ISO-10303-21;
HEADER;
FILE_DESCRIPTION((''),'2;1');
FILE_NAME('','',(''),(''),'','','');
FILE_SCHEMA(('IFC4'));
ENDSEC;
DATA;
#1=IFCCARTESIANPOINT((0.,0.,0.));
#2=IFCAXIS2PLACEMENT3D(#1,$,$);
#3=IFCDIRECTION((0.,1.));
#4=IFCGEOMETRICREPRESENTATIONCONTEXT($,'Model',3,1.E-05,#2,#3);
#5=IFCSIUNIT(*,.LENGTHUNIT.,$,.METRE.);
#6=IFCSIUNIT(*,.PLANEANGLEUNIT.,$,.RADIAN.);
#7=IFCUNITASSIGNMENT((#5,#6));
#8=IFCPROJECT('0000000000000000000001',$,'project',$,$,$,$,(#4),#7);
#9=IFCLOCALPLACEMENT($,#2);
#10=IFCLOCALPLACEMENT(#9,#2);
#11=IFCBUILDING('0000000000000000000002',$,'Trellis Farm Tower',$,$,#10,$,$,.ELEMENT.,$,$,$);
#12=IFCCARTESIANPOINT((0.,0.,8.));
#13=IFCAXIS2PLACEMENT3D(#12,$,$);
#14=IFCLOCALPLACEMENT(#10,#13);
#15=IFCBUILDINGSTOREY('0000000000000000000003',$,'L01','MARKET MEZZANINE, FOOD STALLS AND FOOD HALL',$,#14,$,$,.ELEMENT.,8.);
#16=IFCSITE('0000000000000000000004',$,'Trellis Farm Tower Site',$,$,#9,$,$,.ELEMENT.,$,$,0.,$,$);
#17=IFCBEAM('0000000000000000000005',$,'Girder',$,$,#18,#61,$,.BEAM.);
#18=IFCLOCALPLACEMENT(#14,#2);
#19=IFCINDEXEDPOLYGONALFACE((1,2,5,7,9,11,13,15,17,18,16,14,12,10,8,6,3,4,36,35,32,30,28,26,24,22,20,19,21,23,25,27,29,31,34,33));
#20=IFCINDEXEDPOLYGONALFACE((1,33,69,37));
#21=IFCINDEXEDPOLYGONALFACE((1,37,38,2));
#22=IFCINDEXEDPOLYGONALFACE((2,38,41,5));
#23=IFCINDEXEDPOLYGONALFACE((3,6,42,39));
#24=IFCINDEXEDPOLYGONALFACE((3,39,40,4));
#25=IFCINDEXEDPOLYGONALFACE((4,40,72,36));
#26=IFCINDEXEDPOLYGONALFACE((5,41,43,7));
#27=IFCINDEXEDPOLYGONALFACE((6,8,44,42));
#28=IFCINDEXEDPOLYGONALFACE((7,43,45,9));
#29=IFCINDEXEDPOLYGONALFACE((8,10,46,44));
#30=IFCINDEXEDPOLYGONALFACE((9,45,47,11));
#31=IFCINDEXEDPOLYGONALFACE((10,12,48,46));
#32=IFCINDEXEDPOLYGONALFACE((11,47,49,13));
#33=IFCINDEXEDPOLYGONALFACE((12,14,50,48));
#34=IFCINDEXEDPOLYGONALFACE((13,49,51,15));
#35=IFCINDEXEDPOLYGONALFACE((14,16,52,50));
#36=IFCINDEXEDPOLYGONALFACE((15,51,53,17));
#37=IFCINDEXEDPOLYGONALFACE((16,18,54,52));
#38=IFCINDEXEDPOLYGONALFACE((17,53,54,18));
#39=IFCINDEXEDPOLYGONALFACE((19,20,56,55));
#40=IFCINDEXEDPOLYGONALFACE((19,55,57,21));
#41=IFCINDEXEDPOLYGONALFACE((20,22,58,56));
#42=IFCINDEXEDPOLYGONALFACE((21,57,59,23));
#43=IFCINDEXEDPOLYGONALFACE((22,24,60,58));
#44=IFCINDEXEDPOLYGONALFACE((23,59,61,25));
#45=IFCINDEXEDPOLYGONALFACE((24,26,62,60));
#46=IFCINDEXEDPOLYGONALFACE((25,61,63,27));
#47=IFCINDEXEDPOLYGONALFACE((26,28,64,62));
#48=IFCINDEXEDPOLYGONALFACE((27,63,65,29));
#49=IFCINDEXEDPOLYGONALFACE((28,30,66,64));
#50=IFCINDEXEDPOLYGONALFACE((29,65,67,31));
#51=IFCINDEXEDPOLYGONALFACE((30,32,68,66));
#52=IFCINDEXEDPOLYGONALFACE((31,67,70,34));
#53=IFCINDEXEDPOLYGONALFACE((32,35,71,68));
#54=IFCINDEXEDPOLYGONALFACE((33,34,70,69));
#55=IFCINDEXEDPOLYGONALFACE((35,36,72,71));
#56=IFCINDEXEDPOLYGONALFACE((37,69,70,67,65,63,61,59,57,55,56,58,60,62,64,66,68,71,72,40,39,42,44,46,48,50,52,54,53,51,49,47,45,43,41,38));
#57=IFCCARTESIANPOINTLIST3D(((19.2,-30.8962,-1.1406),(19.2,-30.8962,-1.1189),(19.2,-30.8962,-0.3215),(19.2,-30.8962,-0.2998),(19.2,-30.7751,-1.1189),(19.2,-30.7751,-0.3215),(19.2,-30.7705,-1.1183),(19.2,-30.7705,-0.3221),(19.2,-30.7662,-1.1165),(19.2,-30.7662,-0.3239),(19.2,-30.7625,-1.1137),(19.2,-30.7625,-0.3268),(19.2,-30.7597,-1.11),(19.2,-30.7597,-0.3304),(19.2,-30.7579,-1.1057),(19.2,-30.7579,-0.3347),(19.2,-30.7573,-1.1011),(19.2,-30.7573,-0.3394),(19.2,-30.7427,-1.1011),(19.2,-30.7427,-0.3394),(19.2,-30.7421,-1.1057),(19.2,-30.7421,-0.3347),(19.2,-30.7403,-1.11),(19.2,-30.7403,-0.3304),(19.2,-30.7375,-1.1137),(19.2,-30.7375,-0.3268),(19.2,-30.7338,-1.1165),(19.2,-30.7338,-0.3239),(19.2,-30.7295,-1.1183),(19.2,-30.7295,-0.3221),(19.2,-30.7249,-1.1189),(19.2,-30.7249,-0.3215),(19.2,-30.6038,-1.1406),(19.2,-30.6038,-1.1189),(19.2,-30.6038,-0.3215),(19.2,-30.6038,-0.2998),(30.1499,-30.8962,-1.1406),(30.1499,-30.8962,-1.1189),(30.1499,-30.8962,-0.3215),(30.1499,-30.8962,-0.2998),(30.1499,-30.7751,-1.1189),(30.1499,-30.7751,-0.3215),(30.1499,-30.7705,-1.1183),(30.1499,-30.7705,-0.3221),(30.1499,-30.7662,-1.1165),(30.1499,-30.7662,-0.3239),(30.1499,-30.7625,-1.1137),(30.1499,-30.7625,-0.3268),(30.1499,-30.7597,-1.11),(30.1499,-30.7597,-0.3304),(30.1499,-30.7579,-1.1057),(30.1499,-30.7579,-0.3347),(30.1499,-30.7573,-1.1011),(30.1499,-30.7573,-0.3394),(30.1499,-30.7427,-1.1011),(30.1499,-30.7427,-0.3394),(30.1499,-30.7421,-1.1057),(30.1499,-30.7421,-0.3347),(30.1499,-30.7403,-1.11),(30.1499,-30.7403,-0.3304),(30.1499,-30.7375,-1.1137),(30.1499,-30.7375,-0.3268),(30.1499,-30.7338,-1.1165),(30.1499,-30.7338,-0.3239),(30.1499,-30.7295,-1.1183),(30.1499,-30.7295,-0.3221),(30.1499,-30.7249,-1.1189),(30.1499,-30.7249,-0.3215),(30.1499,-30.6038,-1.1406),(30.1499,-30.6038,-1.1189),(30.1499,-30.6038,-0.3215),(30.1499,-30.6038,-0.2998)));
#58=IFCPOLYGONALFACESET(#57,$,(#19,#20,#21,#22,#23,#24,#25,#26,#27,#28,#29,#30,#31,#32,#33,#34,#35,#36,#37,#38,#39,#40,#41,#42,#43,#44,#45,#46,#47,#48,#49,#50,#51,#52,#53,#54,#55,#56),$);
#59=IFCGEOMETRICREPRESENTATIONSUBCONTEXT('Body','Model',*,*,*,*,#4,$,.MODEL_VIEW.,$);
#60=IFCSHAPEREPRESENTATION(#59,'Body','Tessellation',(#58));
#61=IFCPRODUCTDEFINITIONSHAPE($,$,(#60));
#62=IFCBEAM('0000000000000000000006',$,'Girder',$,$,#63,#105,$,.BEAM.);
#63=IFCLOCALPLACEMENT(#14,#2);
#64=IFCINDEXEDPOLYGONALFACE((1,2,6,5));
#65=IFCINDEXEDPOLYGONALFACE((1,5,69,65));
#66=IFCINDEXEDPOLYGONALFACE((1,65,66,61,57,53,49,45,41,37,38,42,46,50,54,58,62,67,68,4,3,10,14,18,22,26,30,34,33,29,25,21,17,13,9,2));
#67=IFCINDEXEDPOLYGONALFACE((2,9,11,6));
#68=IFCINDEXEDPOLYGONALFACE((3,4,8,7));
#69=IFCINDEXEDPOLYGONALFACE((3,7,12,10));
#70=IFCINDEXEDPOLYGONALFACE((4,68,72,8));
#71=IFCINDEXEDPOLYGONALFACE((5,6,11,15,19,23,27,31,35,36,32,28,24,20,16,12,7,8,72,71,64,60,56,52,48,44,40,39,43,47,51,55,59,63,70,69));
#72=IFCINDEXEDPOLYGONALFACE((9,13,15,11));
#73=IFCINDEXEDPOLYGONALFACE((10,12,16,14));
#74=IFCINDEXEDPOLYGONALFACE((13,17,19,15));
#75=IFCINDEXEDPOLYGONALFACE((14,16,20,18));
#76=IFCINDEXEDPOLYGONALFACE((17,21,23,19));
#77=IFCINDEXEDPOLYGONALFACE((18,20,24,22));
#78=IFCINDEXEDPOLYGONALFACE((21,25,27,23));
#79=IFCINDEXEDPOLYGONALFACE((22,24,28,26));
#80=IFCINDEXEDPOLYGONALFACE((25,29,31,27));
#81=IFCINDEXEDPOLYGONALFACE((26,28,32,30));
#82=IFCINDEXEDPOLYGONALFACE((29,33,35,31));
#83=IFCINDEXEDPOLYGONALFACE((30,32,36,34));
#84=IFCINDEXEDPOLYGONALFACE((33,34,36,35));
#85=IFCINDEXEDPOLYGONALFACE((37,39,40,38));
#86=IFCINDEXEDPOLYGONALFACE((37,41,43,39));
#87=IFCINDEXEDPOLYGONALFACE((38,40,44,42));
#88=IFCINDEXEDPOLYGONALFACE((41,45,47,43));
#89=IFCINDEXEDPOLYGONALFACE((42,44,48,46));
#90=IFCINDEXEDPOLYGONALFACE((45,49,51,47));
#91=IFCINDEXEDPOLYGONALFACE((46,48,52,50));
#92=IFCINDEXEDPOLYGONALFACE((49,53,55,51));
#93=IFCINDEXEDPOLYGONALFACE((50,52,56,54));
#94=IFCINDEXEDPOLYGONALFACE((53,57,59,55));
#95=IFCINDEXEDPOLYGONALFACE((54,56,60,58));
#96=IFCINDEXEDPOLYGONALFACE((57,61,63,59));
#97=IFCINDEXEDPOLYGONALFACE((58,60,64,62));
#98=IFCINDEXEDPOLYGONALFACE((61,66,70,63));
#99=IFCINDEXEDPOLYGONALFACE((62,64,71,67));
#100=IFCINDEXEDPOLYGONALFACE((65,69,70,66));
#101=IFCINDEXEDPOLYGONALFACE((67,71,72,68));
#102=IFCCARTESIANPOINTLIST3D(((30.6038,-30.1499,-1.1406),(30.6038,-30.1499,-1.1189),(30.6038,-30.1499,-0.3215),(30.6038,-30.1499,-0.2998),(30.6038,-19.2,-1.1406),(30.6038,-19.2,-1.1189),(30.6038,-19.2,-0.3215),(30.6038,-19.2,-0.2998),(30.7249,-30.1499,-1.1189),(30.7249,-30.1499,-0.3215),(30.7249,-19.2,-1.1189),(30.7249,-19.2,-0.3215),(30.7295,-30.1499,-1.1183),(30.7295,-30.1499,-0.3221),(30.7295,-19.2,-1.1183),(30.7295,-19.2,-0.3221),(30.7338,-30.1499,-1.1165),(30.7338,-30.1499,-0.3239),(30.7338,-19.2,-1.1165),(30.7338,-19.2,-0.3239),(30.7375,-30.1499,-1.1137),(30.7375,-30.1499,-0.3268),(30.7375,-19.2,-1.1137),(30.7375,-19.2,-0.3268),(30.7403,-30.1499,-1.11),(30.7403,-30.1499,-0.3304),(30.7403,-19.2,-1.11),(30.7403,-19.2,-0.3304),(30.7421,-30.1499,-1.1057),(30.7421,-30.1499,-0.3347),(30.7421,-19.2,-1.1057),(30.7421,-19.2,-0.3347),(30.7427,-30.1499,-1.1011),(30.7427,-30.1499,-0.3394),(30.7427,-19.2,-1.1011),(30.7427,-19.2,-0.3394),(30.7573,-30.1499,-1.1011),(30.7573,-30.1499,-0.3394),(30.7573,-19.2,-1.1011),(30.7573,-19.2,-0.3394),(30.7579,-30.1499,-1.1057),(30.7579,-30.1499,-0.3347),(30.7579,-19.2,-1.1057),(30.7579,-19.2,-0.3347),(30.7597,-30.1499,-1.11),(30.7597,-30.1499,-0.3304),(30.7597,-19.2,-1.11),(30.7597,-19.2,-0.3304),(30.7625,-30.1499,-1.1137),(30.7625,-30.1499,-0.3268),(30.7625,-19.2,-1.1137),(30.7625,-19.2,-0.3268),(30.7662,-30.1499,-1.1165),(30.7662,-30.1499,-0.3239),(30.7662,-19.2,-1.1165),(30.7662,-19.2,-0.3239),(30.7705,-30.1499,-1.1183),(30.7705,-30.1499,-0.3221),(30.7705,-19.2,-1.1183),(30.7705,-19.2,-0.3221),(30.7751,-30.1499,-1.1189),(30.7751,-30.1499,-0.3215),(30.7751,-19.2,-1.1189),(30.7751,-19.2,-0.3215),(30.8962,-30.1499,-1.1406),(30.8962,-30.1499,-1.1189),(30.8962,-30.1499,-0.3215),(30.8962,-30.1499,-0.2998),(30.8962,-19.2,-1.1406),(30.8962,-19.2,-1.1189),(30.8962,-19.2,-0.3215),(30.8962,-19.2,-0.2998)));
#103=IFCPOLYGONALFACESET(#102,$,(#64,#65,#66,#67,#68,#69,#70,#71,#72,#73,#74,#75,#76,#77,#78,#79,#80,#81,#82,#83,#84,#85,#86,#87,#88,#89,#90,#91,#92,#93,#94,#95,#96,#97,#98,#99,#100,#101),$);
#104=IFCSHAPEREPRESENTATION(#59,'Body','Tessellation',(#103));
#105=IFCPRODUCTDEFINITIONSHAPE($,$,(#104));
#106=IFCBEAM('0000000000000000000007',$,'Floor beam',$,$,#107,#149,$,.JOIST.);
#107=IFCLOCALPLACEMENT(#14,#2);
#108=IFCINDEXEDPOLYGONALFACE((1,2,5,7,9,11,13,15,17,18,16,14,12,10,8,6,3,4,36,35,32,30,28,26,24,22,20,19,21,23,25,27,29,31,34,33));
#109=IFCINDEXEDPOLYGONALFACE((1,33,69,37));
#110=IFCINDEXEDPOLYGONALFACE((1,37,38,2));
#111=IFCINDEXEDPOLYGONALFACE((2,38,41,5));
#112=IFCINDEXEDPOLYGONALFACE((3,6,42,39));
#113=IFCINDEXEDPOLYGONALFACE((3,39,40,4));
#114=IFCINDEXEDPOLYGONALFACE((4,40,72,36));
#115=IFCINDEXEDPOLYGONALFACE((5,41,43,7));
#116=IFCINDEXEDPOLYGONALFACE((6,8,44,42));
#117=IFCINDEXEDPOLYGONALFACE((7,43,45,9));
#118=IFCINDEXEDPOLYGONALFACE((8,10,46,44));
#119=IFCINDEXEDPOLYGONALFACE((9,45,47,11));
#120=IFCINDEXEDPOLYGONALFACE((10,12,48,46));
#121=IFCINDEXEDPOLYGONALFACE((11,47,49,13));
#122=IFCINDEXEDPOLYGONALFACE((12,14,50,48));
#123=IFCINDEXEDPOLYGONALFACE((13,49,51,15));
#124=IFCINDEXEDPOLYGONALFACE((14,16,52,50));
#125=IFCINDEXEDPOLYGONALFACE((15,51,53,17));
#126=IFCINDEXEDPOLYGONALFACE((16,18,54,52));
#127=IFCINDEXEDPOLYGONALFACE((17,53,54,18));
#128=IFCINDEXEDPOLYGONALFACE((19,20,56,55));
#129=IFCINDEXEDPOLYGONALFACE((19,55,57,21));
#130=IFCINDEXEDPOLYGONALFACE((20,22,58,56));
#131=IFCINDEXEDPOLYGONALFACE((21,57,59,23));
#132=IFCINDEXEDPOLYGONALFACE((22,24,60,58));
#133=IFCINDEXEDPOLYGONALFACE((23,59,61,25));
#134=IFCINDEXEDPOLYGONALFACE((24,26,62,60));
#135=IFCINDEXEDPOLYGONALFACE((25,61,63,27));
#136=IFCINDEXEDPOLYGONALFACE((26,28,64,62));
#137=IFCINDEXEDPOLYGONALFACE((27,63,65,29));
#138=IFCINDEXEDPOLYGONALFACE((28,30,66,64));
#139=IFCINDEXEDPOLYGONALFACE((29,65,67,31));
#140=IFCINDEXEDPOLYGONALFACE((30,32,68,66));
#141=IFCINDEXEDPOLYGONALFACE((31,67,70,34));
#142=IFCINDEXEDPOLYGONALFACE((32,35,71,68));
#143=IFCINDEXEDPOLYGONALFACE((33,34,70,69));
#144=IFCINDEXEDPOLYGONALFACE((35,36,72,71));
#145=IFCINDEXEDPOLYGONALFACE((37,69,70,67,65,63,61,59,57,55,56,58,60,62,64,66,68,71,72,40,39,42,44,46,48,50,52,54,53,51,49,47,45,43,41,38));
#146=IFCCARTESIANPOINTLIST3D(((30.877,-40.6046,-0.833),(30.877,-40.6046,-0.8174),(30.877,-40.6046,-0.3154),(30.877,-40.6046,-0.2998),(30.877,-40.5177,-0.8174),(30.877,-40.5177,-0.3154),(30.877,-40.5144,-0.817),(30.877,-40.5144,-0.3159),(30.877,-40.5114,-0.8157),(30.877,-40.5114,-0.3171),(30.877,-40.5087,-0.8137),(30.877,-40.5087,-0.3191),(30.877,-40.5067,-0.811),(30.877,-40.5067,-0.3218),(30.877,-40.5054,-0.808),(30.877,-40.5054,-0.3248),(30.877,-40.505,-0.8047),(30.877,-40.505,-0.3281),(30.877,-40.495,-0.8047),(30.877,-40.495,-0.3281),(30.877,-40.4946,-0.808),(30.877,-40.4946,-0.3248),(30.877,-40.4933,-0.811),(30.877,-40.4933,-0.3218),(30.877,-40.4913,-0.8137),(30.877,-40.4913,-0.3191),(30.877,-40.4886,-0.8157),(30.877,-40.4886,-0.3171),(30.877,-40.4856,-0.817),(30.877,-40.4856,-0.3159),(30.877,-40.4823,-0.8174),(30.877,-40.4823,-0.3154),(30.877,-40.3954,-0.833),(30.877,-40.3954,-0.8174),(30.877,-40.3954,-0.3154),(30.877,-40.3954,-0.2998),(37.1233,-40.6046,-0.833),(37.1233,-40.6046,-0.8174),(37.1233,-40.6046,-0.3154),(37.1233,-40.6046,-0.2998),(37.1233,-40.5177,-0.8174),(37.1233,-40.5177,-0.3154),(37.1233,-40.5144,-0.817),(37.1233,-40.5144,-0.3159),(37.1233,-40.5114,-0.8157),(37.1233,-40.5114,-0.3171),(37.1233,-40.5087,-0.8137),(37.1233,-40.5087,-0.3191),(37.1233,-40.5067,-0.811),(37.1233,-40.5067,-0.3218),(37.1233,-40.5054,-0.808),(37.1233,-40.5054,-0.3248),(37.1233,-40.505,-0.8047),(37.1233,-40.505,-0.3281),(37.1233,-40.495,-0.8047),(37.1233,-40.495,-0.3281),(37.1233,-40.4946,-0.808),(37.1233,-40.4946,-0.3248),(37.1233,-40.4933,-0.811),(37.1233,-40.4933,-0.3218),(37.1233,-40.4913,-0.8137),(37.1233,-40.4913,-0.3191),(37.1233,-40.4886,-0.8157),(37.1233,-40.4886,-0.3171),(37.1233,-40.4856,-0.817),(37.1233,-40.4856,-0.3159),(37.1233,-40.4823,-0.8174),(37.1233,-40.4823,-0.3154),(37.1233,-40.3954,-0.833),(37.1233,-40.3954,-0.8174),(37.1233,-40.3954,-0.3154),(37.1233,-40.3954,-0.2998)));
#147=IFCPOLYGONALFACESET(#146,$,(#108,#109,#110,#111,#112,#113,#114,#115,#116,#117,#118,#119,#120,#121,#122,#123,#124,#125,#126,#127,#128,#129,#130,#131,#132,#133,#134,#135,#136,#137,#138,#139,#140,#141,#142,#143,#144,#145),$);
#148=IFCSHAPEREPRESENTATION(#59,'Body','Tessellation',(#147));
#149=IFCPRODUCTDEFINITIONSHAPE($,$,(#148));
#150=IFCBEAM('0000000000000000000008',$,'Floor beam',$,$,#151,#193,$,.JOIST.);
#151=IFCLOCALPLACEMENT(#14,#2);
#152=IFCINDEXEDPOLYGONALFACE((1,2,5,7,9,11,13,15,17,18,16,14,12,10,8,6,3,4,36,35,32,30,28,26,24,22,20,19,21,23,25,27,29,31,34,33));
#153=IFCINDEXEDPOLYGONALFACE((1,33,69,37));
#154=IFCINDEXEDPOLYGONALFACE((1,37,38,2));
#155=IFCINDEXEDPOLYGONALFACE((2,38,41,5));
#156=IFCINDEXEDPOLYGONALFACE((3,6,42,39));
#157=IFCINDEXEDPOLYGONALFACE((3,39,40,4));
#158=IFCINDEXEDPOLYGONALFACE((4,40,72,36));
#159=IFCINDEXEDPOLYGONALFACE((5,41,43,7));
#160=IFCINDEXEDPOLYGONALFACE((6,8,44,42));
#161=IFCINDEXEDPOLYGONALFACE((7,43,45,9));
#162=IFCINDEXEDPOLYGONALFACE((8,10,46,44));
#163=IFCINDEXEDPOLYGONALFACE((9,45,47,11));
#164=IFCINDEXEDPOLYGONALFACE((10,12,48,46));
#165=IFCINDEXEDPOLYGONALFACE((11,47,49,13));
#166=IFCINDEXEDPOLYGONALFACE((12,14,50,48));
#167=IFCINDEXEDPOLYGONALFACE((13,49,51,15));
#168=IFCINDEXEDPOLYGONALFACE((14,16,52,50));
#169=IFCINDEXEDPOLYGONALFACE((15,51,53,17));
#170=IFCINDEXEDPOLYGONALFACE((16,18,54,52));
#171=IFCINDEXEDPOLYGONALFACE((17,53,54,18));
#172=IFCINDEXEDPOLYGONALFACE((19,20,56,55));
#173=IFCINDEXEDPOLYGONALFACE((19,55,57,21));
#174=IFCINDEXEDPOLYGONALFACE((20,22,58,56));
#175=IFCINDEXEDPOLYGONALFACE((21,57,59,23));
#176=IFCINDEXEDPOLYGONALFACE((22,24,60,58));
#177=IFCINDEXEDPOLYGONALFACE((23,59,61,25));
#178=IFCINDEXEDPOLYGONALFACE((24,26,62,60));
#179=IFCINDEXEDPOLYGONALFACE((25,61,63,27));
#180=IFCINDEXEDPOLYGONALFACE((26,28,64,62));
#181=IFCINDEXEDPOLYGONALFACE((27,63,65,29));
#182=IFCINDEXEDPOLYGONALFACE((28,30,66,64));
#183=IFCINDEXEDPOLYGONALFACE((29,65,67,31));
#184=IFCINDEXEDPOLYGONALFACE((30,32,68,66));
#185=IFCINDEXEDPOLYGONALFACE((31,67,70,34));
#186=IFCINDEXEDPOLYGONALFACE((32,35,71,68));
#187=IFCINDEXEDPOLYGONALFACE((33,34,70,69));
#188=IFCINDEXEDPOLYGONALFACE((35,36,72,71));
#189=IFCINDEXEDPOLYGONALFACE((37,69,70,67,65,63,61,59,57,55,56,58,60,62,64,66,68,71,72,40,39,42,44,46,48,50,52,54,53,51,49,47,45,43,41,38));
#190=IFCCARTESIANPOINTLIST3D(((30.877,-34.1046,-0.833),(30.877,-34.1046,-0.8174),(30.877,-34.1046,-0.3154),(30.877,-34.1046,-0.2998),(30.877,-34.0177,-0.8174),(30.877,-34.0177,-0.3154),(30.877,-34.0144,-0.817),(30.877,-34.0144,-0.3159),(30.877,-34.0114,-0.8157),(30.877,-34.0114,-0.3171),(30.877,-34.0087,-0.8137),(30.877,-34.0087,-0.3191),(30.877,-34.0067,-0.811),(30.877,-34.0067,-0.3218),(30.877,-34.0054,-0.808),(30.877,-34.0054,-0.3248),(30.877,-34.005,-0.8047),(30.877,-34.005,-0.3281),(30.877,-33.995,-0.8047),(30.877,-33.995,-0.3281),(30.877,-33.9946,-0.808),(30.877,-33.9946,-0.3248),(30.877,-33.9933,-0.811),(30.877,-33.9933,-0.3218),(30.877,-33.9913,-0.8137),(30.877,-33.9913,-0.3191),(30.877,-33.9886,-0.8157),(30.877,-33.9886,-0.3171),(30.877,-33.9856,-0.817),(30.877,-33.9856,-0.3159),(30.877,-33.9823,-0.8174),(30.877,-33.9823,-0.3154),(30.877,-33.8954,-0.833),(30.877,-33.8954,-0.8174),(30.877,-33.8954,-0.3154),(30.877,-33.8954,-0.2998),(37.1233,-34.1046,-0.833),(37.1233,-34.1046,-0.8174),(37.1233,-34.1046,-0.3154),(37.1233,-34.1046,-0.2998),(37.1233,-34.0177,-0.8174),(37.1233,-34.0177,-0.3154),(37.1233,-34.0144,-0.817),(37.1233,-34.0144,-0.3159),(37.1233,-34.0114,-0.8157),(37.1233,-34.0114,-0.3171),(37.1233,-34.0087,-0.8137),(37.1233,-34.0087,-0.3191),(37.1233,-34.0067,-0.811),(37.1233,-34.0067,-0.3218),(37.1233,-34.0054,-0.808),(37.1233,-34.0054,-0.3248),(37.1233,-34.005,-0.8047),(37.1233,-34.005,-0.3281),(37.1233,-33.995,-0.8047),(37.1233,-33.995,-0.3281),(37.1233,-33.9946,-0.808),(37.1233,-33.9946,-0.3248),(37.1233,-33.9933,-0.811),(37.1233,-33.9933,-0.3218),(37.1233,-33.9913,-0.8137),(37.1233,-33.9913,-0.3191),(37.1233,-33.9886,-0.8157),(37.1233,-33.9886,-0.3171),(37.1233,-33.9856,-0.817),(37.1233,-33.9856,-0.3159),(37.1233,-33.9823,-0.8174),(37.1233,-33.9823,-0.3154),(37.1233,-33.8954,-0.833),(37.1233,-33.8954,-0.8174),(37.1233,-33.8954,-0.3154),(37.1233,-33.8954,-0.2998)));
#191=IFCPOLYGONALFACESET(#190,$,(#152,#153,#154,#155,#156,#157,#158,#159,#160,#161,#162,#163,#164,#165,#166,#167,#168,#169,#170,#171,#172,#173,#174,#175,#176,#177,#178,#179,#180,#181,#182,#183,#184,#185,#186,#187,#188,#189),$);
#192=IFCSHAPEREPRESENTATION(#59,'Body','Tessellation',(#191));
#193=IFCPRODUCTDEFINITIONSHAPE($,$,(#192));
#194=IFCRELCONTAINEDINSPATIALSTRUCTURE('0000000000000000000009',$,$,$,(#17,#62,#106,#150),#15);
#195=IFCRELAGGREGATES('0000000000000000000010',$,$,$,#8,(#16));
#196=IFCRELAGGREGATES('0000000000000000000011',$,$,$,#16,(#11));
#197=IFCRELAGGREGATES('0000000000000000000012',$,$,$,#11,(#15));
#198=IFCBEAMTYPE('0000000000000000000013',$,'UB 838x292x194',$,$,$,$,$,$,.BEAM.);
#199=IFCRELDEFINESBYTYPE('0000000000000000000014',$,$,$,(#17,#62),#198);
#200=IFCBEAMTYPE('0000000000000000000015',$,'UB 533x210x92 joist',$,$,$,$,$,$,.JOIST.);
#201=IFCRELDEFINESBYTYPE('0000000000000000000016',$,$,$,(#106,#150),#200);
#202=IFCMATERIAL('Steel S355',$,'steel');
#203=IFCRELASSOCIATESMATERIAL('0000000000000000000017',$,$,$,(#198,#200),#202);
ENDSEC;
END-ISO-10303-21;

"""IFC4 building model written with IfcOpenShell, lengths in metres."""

from ifc_helpers import new_model, si_unit, direction, frame, origin, origin_2d, place, context, subcontext, project, spatial, i_section, extrude, source, transform, mapped, material, material_profile, profile_set, type_object, element, save


model = new_model("IFC4")

# Units and contexts
model_context = context("Model", 3, precision=1e-05, world=origin(), true_north=direction((0.0, 1.0)))
body_context = subcontext(model_context, "Body", "Model", "MODEL_VIEW")
ifc_project = project(units=[si_unit("LENGTHUNIT", "METRE"), si_unit("PLANEANGLEUNIT", "RADIAN")], contexts=[model_context])

# Site, building, storey
site_placement = place(None, origin())
site = spatial("IfcSite", under=ifc_project, at=site_placement, Name="Trellis Farm Tower Site", CompositionType="ELEMENT", RefElevation=0.0)
building_placement = place(site_placement, origin())
building = spatial("IfcBuilding", under=site, at=building_placement, Name="Trellis Farm Tower", CompositionType="ELEMENT")
storey_placement = place(building_placement, frame((0.0, 0.0, 8.0)))
storey = spatial("IfcBuildingStorey", under=building, at=storey_placement, Name="L01", Description="MARKET MEZZANINE, FOOD STALLS AND FOOD HALL", CompositionType="ELEMENT", Elevation=8.0)

# Beams
ifc_material_1 = material(Name="Steel S355", Category="steel")
ifc_material_profile_1 = material_profile(ifc_material_1, i_section(OverallWidth=0.2925, OverallDepth=0.8408, WebThickness=0.0146, FlangeThickness=0.0217, FilletRadius=0.0178, at=origin_2d()), Name="UB 838x292x194")
ifc_profile_set_1 = profile_set([ifc_material_profile_1], Name="Steel S355")
beam_type_1 = type_object("IfcBeamType", Name="UB 838x292x194", PredefinedType="BEAM", material=ifc_profile_set_1)
shared_shape_1 = source(origin(), body_context, "Body", "SweptSolid", [
    extrude(i_section(OverallWidth=0.2925, OverallDepth=0.8408, WebThickness=0.0146, FlangeThickness=0.0217, FilletRadius=0.0178, at=origin_2d()), origin(), (0.0, 0.0, 1.0), 10.95),
])
for number, where, z_axis, x_axis, name in (
    (1, (19.2, -30.75, -0.7202), (1.0, 0.0, 0.0), (0.0, 1.0, 0.0), "Girder"),
    (2, (30.75, -30.1499, -0.7202), (0.0, 1.0, 0.0), (-1.0, 0.0, 0.0), "Girder"),
):
    element("IfcBeam", number, at=place(storey_placement, frame(where, z_axis=z_axis, x_axis=x_axis)), inside=storey, type_object=beam_type_1, Name=name, PredefinedType="BEAM", context=body_context, shape_type="MappedRepresentation", body=[
        mapped(shared_shape_1, transform((0.0, 0.0, 0.0))),
    ])
ifc_material_profile_2 = material_profile(ifc_material_1, i_section(OverallWidth=0.2092, OverallDepth=0.5332, WebThickness=0.01, FlangeThickness=0.0156, FilletRadius=0.0127, at=origin_2d()), Name="UB 533x210x92")
ifc_profile_set_2 = profile_set([ifc_material_profile_2], Name="Steel S355")
beam_type_2 = type_object("IfcBeamType", Name="UB 533x210x92 joist", PredefinedType="JOIST", material=ifc_profile_set_2)
shared_shape_2 = source(origin(), body_context, "Body", "SweptSolid", [
    extrude(i_section(OverallWidth=0.2092, OverallDepth=0.5332, WebThickness=0.01, FlangeThickness=0.0156, FilletRadius=0.0127, at=origin_2d()), origin(), (0.0, 0.0, 1.0), 6.2463),
])
for number, where, z_axis, x_axis, name in (
    (3, (30.877, -40.5, -0.5664), (1.0, 0.0, 0.0), (0.0, 1.0, 0.0), "Floor beam"),
    (4, (30.877, -34.0, -0.5664), (1.0, 0.0, 0.0), (0.0, 1.0, 0.0), "Floor beam"),
):
    element("IfcBeam", number, at=place(storey_placement, frame(where, z_axis=z_axis, x_axis=x_axis)), inside=storey, type_object=beam_type_2, Name=name, PredefinedType="JOIST", context=body_context, shape_type="MappedRepresentation", body=[
        mapped(shared_shape_2, transform((0.0, 0.0, 0.0))),
    ])

save(model, "model.ifc")
